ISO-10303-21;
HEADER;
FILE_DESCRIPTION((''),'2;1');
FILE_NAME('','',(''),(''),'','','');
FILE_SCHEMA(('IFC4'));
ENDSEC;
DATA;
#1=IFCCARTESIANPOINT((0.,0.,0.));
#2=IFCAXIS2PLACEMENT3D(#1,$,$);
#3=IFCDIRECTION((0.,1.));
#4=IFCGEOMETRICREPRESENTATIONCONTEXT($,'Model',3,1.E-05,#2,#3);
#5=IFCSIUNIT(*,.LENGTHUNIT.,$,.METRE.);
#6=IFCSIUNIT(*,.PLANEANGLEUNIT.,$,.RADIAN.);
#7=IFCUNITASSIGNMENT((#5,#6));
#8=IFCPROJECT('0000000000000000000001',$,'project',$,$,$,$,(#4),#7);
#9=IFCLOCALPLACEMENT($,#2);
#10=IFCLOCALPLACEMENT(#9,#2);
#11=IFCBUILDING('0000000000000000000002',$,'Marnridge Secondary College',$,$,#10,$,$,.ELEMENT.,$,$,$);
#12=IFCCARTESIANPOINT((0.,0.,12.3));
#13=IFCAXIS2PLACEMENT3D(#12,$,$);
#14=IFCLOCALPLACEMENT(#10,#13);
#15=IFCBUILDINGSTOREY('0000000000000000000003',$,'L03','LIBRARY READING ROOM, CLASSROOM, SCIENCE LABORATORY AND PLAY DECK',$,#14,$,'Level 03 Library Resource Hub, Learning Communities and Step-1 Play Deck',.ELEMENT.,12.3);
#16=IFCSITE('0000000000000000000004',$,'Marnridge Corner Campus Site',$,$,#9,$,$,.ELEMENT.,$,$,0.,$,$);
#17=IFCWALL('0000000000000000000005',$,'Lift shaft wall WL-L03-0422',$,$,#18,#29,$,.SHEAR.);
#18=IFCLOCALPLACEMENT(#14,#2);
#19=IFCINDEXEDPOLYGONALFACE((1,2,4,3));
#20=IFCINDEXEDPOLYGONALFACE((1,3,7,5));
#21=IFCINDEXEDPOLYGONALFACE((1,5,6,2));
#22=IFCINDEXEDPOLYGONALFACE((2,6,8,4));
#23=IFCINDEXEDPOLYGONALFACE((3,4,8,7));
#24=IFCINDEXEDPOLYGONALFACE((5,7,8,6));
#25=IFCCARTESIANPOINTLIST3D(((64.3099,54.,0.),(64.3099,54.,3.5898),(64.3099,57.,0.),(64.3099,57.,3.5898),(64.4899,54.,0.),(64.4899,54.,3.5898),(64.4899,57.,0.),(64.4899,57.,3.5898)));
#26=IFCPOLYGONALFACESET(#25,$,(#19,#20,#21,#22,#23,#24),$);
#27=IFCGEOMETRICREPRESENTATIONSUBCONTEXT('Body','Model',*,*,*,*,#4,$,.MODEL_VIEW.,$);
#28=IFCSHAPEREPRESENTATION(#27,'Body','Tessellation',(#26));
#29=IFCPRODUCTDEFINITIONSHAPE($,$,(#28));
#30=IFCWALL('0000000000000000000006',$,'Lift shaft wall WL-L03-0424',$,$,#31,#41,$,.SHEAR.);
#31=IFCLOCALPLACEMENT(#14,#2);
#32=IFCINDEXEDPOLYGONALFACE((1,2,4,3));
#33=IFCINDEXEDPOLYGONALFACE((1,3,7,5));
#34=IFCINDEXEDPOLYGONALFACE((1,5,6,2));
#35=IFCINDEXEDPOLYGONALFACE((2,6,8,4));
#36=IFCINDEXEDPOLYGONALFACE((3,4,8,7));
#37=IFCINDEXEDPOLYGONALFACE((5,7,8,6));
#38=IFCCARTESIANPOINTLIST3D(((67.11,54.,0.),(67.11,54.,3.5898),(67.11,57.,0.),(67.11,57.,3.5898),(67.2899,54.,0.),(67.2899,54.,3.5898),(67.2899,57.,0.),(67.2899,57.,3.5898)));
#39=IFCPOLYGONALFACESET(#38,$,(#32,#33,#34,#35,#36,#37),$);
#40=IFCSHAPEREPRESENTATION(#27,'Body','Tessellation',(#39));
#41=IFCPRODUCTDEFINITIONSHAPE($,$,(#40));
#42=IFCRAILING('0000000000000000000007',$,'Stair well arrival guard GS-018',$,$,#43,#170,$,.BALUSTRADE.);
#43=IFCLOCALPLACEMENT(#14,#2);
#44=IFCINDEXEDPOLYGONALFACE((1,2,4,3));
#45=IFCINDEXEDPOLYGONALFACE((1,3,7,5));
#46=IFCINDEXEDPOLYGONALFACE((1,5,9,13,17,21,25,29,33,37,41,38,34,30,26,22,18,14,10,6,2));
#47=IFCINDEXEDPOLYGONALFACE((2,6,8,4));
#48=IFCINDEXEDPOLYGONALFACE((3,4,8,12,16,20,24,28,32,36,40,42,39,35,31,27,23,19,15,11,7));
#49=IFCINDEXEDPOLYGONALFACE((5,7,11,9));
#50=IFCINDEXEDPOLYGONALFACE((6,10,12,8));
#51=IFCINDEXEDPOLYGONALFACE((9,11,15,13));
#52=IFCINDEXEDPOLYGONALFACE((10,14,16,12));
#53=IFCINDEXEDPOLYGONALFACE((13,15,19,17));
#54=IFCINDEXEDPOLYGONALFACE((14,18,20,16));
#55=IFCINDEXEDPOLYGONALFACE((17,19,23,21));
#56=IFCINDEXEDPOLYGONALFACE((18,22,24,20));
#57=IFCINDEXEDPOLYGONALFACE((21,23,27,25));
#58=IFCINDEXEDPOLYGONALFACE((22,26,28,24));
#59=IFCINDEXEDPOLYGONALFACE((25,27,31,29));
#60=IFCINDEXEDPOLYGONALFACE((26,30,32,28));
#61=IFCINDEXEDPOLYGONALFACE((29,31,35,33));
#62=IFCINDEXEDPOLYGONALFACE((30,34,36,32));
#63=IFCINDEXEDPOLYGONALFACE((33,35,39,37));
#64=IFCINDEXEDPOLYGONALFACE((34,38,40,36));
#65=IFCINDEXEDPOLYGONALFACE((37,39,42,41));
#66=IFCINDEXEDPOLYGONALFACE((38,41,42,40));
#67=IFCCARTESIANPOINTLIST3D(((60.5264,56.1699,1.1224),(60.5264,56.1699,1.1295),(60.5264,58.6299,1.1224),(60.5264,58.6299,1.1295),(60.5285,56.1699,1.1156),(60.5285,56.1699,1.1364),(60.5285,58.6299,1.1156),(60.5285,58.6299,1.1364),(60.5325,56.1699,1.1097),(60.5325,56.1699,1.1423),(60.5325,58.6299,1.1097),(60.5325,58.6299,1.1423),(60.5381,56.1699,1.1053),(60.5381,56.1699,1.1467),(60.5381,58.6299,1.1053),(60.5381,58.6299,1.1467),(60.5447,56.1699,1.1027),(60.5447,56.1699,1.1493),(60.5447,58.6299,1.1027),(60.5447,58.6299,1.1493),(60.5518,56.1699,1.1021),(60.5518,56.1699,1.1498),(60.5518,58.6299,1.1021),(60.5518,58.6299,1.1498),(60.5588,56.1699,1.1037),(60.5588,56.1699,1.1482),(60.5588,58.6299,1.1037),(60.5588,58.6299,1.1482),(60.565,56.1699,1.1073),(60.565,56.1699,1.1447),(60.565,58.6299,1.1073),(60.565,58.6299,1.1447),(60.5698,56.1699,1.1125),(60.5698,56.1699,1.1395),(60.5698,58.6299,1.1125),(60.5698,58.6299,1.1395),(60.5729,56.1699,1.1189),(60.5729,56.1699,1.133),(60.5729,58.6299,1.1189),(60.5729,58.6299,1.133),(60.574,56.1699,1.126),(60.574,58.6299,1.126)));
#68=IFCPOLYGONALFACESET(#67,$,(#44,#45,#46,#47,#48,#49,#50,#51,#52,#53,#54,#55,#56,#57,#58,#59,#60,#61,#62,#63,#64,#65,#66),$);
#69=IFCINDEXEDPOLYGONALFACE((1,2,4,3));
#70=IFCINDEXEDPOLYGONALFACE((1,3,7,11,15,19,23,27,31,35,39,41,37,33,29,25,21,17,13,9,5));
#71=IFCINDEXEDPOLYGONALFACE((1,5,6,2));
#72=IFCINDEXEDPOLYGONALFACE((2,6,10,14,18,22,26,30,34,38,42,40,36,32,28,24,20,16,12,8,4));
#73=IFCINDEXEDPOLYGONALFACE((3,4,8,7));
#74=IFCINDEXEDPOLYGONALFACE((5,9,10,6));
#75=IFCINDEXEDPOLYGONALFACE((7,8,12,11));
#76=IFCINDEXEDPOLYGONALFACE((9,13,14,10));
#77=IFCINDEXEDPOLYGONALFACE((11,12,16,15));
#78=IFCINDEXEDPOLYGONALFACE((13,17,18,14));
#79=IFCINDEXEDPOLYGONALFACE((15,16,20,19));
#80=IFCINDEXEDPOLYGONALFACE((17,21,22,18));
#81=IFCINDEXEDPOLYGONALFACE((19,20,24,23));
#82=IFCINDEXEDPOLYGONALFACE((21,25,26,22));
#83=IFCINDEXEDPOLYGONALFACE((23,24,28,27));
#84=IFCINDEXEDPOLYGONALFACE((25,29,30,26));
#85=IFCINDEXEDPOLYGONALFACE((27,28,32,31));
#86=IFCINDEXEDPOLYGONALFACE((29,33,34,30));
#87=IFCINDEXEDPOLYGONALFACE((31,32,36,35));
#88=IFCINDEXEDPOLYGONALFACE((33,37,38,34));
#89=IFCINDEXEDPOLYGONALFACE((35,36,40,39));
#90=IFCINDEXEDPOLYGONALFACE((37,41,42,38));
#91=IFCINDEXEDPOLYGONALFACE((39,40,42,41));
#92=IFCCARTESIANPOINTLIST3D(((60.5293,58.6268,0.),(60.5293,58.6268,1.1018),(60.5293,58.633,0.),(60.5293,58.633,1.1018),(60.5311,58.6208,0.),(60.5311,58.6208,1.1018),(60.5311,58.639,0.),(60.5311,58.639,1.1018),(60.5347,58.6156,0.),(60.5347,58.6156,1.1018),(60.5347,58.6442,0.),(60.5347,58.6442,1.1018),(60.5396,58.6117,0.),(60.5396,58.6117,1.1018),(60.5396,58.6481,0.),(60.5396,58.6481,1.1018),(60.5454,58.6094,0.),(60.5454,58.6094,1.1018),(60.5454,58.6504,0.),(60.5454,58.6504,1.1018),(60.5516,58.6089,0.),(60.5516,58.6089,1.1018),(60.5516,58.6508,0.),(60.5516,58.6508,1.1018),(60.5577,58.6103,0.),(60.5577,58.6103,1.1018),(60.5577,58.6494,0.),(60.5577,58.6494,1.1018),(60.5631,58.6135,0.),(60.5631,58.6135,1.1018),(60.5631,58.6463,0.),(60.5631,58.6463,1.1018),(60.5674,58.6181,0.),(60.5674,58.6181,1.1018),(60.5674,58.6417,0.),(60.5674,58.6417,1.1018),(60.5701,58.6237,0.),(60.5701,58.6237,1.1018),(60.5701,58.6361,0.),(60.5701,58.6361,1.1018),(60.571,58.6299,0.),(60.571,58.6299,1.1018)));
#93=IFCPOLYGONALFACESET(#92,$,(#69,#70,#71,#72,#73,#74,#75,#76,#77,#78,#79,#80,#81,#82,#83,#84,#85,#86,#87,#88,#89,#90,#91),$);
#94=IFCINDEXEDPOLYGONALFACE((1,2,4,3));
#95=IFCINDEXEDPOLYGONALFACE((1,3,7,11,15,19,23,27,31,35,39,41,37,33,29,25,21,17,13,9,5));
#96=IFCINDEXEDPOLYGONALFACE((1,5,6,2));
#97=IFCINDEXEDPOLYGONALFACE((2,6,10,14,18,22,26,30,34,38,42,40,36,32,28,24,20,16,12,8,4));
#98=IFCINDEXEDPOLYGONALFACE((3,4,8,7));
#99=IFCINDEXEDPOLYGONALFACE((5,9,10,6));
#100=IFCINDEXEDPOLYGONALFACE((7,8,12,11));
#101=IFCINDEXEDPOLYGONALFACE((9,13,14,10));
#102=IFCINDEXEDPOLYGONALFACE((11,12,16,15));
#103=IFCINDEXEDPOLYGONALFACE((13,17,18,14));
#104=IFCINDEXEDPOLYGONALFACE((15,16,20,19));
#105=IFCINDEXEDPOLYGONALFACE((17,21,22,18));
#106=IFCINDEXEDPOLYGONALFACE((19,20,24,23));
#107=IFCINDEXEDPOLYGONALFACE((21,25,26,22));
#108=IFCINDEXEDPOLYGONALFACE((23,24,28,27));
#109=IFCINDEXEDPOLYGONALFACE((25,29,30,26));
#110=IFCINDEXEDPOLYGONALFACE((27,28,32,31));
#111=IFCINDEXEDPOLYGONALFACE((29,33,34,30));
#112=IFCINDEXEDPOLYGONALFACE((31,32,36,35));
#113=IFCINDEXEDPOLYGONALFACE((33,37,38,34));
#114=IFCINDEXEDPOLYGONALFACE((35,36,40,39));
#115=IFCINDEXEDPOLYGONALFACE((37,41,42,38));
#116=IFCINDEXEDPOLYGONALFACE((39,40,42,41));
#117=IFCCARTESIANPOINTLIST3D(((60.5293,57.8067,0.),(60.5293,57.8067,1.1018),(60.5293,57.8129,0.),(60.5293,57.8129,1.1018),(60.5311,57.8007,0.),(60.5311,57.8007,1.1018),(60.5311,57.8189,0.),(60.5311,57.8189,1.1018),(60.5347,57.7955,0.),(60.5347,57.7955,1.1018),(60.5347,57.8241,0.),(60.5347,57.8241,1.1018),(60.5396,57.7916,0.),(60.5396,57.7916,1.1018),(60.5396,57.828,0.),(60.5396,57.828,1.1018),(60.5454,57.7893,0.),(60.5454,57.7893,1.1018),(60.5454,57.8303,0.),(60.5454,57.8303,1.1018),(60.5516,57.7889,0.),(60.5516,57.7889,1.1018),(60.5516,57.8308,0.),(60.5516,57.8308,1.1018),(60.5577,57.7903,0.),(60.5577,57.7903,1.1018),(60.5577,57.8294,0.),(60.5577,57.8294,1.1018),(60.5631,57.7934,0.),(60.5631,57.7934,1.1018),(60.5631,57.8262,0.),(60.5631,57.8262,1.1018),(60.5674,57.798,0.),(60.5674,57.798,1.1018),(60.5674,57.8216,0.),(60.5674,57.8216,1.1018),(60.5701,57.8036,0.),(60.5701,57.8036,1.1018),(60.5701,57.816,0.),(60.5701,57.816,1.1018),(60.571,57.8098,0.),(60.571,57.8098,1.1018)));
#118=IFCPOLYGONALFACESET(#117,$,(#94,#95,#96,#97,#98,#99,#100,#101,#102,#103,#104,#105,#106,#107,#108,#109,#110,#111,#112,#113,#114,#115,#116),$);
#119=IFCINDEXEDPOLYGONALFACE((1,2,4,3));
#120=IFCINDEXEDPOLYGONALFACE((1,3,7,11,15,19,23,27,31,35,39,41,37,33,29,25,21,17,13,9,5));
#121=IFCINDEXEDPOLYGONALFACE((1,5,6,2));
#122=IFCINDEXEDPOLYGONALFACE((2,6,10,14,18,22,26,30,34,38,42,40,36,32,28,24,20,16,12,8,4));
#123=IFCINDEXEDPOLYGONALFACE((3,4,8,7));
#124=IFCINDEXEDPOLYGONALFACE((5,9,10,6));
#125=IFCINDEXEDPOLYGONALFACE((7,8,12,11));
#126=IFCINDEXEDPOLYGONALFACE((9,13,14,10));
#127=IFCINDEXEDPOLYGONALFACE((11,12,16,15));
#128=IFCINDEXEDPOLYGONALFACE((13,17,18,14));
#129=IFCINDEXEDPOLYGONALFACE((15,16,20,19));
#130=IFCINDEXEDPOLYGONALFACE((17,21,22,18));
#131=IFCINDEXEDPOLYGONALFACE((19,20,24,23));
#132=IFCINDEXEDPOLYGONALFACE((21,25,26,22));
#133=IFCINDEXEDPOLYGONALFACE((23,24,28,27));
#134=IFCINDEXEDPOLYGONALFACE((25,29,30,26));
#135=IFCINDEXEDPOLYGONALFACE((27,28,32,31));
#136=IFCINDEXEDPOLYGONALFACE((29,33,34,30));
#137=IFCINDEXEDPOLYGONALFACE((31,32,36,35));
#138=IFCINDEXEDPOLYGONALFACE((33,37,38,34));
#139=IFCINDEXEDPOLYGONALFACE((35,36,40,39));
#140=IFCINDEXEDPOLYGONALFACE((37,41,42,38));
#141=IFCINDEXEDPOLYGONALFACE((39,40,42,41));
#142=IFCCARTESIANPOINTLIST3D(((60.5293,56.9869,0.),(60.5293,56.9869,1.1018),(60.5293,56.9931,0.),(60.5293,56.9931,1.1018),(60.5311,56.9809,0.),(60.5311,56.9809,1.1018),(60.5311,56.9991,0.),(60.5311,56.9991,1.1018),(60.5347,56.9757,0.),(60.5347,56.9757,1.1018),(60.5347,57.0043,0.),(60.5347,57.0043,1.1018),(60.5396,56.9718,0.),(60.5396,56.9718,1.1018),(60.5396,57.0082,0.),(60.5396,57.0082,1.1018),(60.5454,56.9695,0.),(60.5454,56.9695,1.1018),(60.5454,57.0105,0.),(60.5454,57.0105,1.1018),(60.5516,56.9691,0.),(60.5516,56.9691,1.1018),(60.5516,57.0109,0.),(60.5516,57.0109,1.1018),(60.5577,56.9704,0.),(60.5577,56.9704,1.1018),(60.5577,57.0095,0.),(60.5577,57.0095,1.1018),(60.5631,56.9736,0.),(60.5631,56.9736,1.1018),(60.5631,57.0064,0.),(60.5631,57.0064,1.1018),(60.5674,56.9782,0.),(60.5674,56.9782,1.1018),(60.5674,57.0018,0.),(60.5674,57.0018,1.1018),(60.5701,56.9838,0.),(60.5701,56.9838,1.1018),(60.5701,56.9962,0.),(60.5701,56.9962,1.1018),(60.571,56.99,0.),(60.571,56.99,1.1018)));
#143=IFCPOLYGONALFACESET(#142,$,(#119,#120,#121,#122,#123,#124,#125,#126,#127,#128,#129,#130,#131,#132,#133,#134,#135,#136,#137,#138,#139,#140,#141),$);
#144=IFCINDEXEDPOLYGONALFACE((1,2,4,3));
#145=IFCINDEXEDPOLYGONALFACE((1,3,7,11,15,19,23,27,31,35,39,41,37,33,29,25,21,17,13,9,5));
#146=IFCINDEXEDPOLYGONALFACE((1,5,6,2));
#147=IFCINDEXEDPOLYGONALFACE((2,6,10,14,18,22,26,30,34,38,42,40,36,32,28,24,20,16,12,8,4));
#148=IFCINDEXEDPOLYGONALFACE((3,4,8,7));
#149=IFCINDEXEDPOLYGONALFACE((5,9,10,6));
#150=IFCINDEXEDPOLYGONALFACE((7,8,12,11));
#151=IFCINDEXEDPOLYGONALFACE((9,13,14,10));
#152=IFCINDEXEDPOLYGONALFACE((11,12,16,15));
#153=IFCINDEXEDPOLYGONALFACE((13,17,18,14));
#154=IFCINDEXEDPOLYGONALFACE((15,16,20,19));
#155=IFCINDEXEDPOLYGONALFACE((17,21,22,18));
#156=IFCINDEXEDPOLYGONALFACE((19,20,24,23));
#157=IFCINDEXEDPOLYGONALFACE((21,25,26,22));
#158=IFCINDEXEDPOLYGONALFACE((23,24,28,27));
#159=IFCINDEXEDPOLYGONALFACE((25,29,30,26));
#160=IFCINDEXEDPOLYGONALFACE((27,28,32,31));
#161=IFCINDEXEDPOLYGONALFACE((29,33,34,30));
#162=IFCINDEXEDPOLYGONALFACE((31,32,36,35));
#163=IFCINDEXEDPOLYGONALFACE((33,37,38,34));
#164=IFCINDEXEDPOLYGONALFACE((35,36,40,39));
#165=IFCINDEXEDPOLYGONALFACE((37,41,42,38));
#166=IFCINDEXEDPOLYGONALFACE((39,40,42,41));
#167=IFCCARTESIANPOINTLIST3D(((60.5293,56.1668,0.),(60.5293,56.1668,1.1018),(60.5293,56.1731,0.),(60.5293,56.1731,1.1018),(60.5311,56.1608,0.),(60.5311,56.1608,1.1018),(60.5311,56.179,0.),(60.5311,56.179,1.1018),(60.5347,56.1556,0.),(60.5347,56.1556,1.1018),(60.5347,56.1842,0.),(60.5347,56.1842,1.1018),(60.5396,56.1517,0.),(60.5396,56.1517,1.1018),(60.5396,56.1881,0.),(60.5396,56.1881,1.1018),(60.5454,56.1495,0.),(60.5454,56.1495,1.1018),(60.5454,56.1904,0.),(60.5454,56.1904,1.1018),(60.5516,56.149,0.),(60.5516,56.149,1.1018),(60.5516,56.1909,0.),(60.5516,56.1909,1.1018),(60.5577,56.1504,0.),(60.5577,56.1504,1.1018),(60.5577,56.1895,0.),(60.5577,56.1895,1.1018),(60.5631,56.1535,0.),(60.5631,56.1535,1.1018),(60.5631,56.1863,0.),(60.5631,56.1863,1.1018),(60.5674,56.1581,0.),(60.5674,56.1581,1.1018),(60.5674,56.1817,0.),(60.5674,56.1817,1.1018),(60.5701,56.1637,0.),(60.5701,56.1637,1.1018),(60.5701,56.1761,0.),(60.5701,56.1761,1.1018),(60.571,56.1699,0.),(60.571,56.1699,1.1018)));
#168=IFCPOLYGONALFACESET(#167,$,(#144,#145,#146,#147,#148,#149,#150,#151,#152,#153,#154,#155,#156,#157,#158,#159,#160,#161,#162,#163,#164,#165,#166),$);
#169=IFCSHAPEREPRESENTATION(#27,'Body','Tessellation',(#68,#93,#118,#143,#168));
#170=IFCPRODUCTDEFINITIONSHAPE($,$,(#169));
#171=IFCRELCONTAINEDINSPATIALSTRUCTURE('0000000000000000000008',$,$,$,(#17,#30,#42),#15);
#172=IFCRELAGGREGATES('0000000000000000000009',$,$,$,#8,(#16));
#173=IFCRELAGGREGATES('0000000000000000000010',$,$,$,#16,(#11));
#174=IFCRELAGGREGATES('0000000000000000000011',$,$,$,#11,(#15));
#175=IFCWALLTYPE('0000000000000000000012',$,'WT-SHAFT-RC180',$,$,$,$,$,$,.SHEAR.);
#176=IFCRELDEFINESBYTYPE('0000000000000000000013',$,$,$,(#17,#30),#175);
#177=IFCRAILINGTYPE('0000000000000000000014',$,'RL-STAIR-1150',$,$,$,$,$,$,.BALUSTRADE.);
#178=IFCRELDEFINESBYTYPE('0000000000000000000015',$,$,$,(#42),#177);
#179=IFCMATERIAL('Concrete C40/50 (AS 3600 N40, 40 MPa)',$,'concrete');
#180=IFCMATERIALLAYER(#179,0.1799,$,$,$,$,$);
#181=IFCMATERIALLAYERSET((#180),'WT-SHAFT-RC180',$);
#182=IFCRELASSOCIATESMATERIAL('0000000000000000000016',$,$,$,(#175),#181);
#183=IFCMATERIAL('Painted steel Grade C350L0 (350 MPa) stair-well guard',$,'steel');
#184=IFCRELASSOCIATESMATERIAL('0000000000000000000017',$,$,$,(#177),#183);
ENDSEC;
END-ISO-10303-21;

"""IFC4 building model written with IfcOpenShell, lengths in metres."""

from ifc_helpers import new_model, si_unit, direction, frame, frame_2d, origin, origin_2d, place, context, subcontext, project, spatial, rectangle, circle, extrude, material, layer, layer_set, type_object, element, save


model = new_model("IFC4")

# Units and contexts
model_context = context("Model", 3, precision=1e-05, world=origin(), true_north=direction((0.0, 1.0)))
body_context = subcontext(model_context, "Body", "Model", "MODEL_VIEW")
ifc_project = project(units=[si_unit("LENGTHUNIT", "METRE"), si_unit("PLANEANGLEUNIT", "RADIAN")], contexts=[model_context])

# Site, building, storey
site_placement = place(None, origin())
site = spatial("IfcSite", under=ifc_project, at=site_placement, Name="Marnridge Corner Campus Site", CompositionType="ELEMENT", RefElevation=0.0)
building_placement = place(site_placement, origin())
building = spatial("IfcBuilding", under=site, at=building_placement, Name="Marnridge Secondary College", CompositionType="ELEMENT")
storey_placement = place(building_placement, frame((0.0, 0.0, 12.3)))
storey = spatial("IfcBuildingStorey", under=building, at=storey_placement, Name="L03", Description="LIBRARY READING ROOM, CLASSROOM, SCIENCE LABORATORY AND PLAY DECK", LongName="Level 03 Library Resource Hub, Learning Communities and Step-1 Play Deck", CompositionType="ELEMENT", Elevation=12.3)

# Wall
ifc_material_1 = material(Name="Concrete C40/50 (AS 3600 N40, 40 MPa)", Category="concrete")
ifc_layer_1 = layer(ifc_material_1, 0.1799)
ifc_layer_set_1 = layer_set([ifc_layer_1], Name="WT-SHAFT-RC180")
wall_type_1 = type_object("IfcWallType", Name="WT-SHAFT-RC180", PredefinedType="SHEAR", material=ifc_layer_set_1)
wall_1_placement = place(storey_placement, frame((64.3999, 54.0, 0.0), z_axis=(0.0, 0.0, 1.0), x_axis=(0.0, 1.0, 0.0)))
element("IfcWall", 1, at=wall_1_placement, inside=storey, type_object=wall_type_1, Name="Lift shaft wall WL-L03-0422", PredefinedType="SHEAR", context=body_context, shape_type="SweptSolid", body=[
    extrude(rectangle(XDim=3.0, YDim=0.1799, at=frame_2d((1.5, 0.0))), origin(), (0.0, 0.0, 1.0), 3.5898),
])

# Wall
wall_2_placement = place(storey_placement, frame((67.2, 57.0, 0.0), z_axis=(0.0, 0.0, 1.0), x_axis=(0.0, -1.0, 0.0)))
element("IfcWall", 2, at=wall_2_placement, inside=storey, type_object=wall_type_1, Name="Lift shaft wall WL-L03-0424", PredefinedType="SHEAR", context=body_context, shape_type="SweptSolid", body=[
    extrude(rectangle(XDim=3.0, YDim=0.1799, at=frame_2d((1.5, 0.0))), origin(), (0.0, 0.0, 1.0), 3.5898),
])

# Railing
ifc_material_2 = material(Name="Painted steel Grade C350L0 (350 MPa) stair-well guard", Category="steel")
railing_type = type_object("IfcRailingType", Name="RL-STAIR-1150", PredefinedType="BALUSTRADE", material=ifc_material_2)
railing_placement = place(storey_placement, frame((60.55, 58.6299, 0.0)))
element("IfcRailing", 3, at=railing_placement, inside=storey, type_object=railing_type, Name="Stair well arrival guard GS-018", PredefinedType="BALUSTRADE", context=body_context, shape_type="SweptSolid", body=[
    extrude(circle(Radius=0.0239, at=origin_2d()), frame((0.0, 0.0, 1.126), z_axis=(0.0, -1.0, 0.0), x_axis=(1.0, 0.0, 0.0)), (0.0, 0.0, 1.0), 2.46),
    extrude(circle(Radius=0.021, at=origin_2d()), origin(), (0.0, 0.0, 1.0), 1.1018),
    extrude(circle(Radius=0.021, at=origin_2d()), frame((0.0, -0.8201, 0.0)), (0.0, 0.0, 1.0), 1.1018),
    extrude(circle(Radius=0.021, at=origin_2d()), frame((0.0, -1.6399, 0.0)), (0.0, 0.0, 1.0), 1.1018),
    extrude(circle(Radius=0.021, at=origin_2d()), frame((0.0, -2.46, 0.0)), (0.0, 0.0, 1.0), 1.1018),
])

save(model, "model.ifc")
